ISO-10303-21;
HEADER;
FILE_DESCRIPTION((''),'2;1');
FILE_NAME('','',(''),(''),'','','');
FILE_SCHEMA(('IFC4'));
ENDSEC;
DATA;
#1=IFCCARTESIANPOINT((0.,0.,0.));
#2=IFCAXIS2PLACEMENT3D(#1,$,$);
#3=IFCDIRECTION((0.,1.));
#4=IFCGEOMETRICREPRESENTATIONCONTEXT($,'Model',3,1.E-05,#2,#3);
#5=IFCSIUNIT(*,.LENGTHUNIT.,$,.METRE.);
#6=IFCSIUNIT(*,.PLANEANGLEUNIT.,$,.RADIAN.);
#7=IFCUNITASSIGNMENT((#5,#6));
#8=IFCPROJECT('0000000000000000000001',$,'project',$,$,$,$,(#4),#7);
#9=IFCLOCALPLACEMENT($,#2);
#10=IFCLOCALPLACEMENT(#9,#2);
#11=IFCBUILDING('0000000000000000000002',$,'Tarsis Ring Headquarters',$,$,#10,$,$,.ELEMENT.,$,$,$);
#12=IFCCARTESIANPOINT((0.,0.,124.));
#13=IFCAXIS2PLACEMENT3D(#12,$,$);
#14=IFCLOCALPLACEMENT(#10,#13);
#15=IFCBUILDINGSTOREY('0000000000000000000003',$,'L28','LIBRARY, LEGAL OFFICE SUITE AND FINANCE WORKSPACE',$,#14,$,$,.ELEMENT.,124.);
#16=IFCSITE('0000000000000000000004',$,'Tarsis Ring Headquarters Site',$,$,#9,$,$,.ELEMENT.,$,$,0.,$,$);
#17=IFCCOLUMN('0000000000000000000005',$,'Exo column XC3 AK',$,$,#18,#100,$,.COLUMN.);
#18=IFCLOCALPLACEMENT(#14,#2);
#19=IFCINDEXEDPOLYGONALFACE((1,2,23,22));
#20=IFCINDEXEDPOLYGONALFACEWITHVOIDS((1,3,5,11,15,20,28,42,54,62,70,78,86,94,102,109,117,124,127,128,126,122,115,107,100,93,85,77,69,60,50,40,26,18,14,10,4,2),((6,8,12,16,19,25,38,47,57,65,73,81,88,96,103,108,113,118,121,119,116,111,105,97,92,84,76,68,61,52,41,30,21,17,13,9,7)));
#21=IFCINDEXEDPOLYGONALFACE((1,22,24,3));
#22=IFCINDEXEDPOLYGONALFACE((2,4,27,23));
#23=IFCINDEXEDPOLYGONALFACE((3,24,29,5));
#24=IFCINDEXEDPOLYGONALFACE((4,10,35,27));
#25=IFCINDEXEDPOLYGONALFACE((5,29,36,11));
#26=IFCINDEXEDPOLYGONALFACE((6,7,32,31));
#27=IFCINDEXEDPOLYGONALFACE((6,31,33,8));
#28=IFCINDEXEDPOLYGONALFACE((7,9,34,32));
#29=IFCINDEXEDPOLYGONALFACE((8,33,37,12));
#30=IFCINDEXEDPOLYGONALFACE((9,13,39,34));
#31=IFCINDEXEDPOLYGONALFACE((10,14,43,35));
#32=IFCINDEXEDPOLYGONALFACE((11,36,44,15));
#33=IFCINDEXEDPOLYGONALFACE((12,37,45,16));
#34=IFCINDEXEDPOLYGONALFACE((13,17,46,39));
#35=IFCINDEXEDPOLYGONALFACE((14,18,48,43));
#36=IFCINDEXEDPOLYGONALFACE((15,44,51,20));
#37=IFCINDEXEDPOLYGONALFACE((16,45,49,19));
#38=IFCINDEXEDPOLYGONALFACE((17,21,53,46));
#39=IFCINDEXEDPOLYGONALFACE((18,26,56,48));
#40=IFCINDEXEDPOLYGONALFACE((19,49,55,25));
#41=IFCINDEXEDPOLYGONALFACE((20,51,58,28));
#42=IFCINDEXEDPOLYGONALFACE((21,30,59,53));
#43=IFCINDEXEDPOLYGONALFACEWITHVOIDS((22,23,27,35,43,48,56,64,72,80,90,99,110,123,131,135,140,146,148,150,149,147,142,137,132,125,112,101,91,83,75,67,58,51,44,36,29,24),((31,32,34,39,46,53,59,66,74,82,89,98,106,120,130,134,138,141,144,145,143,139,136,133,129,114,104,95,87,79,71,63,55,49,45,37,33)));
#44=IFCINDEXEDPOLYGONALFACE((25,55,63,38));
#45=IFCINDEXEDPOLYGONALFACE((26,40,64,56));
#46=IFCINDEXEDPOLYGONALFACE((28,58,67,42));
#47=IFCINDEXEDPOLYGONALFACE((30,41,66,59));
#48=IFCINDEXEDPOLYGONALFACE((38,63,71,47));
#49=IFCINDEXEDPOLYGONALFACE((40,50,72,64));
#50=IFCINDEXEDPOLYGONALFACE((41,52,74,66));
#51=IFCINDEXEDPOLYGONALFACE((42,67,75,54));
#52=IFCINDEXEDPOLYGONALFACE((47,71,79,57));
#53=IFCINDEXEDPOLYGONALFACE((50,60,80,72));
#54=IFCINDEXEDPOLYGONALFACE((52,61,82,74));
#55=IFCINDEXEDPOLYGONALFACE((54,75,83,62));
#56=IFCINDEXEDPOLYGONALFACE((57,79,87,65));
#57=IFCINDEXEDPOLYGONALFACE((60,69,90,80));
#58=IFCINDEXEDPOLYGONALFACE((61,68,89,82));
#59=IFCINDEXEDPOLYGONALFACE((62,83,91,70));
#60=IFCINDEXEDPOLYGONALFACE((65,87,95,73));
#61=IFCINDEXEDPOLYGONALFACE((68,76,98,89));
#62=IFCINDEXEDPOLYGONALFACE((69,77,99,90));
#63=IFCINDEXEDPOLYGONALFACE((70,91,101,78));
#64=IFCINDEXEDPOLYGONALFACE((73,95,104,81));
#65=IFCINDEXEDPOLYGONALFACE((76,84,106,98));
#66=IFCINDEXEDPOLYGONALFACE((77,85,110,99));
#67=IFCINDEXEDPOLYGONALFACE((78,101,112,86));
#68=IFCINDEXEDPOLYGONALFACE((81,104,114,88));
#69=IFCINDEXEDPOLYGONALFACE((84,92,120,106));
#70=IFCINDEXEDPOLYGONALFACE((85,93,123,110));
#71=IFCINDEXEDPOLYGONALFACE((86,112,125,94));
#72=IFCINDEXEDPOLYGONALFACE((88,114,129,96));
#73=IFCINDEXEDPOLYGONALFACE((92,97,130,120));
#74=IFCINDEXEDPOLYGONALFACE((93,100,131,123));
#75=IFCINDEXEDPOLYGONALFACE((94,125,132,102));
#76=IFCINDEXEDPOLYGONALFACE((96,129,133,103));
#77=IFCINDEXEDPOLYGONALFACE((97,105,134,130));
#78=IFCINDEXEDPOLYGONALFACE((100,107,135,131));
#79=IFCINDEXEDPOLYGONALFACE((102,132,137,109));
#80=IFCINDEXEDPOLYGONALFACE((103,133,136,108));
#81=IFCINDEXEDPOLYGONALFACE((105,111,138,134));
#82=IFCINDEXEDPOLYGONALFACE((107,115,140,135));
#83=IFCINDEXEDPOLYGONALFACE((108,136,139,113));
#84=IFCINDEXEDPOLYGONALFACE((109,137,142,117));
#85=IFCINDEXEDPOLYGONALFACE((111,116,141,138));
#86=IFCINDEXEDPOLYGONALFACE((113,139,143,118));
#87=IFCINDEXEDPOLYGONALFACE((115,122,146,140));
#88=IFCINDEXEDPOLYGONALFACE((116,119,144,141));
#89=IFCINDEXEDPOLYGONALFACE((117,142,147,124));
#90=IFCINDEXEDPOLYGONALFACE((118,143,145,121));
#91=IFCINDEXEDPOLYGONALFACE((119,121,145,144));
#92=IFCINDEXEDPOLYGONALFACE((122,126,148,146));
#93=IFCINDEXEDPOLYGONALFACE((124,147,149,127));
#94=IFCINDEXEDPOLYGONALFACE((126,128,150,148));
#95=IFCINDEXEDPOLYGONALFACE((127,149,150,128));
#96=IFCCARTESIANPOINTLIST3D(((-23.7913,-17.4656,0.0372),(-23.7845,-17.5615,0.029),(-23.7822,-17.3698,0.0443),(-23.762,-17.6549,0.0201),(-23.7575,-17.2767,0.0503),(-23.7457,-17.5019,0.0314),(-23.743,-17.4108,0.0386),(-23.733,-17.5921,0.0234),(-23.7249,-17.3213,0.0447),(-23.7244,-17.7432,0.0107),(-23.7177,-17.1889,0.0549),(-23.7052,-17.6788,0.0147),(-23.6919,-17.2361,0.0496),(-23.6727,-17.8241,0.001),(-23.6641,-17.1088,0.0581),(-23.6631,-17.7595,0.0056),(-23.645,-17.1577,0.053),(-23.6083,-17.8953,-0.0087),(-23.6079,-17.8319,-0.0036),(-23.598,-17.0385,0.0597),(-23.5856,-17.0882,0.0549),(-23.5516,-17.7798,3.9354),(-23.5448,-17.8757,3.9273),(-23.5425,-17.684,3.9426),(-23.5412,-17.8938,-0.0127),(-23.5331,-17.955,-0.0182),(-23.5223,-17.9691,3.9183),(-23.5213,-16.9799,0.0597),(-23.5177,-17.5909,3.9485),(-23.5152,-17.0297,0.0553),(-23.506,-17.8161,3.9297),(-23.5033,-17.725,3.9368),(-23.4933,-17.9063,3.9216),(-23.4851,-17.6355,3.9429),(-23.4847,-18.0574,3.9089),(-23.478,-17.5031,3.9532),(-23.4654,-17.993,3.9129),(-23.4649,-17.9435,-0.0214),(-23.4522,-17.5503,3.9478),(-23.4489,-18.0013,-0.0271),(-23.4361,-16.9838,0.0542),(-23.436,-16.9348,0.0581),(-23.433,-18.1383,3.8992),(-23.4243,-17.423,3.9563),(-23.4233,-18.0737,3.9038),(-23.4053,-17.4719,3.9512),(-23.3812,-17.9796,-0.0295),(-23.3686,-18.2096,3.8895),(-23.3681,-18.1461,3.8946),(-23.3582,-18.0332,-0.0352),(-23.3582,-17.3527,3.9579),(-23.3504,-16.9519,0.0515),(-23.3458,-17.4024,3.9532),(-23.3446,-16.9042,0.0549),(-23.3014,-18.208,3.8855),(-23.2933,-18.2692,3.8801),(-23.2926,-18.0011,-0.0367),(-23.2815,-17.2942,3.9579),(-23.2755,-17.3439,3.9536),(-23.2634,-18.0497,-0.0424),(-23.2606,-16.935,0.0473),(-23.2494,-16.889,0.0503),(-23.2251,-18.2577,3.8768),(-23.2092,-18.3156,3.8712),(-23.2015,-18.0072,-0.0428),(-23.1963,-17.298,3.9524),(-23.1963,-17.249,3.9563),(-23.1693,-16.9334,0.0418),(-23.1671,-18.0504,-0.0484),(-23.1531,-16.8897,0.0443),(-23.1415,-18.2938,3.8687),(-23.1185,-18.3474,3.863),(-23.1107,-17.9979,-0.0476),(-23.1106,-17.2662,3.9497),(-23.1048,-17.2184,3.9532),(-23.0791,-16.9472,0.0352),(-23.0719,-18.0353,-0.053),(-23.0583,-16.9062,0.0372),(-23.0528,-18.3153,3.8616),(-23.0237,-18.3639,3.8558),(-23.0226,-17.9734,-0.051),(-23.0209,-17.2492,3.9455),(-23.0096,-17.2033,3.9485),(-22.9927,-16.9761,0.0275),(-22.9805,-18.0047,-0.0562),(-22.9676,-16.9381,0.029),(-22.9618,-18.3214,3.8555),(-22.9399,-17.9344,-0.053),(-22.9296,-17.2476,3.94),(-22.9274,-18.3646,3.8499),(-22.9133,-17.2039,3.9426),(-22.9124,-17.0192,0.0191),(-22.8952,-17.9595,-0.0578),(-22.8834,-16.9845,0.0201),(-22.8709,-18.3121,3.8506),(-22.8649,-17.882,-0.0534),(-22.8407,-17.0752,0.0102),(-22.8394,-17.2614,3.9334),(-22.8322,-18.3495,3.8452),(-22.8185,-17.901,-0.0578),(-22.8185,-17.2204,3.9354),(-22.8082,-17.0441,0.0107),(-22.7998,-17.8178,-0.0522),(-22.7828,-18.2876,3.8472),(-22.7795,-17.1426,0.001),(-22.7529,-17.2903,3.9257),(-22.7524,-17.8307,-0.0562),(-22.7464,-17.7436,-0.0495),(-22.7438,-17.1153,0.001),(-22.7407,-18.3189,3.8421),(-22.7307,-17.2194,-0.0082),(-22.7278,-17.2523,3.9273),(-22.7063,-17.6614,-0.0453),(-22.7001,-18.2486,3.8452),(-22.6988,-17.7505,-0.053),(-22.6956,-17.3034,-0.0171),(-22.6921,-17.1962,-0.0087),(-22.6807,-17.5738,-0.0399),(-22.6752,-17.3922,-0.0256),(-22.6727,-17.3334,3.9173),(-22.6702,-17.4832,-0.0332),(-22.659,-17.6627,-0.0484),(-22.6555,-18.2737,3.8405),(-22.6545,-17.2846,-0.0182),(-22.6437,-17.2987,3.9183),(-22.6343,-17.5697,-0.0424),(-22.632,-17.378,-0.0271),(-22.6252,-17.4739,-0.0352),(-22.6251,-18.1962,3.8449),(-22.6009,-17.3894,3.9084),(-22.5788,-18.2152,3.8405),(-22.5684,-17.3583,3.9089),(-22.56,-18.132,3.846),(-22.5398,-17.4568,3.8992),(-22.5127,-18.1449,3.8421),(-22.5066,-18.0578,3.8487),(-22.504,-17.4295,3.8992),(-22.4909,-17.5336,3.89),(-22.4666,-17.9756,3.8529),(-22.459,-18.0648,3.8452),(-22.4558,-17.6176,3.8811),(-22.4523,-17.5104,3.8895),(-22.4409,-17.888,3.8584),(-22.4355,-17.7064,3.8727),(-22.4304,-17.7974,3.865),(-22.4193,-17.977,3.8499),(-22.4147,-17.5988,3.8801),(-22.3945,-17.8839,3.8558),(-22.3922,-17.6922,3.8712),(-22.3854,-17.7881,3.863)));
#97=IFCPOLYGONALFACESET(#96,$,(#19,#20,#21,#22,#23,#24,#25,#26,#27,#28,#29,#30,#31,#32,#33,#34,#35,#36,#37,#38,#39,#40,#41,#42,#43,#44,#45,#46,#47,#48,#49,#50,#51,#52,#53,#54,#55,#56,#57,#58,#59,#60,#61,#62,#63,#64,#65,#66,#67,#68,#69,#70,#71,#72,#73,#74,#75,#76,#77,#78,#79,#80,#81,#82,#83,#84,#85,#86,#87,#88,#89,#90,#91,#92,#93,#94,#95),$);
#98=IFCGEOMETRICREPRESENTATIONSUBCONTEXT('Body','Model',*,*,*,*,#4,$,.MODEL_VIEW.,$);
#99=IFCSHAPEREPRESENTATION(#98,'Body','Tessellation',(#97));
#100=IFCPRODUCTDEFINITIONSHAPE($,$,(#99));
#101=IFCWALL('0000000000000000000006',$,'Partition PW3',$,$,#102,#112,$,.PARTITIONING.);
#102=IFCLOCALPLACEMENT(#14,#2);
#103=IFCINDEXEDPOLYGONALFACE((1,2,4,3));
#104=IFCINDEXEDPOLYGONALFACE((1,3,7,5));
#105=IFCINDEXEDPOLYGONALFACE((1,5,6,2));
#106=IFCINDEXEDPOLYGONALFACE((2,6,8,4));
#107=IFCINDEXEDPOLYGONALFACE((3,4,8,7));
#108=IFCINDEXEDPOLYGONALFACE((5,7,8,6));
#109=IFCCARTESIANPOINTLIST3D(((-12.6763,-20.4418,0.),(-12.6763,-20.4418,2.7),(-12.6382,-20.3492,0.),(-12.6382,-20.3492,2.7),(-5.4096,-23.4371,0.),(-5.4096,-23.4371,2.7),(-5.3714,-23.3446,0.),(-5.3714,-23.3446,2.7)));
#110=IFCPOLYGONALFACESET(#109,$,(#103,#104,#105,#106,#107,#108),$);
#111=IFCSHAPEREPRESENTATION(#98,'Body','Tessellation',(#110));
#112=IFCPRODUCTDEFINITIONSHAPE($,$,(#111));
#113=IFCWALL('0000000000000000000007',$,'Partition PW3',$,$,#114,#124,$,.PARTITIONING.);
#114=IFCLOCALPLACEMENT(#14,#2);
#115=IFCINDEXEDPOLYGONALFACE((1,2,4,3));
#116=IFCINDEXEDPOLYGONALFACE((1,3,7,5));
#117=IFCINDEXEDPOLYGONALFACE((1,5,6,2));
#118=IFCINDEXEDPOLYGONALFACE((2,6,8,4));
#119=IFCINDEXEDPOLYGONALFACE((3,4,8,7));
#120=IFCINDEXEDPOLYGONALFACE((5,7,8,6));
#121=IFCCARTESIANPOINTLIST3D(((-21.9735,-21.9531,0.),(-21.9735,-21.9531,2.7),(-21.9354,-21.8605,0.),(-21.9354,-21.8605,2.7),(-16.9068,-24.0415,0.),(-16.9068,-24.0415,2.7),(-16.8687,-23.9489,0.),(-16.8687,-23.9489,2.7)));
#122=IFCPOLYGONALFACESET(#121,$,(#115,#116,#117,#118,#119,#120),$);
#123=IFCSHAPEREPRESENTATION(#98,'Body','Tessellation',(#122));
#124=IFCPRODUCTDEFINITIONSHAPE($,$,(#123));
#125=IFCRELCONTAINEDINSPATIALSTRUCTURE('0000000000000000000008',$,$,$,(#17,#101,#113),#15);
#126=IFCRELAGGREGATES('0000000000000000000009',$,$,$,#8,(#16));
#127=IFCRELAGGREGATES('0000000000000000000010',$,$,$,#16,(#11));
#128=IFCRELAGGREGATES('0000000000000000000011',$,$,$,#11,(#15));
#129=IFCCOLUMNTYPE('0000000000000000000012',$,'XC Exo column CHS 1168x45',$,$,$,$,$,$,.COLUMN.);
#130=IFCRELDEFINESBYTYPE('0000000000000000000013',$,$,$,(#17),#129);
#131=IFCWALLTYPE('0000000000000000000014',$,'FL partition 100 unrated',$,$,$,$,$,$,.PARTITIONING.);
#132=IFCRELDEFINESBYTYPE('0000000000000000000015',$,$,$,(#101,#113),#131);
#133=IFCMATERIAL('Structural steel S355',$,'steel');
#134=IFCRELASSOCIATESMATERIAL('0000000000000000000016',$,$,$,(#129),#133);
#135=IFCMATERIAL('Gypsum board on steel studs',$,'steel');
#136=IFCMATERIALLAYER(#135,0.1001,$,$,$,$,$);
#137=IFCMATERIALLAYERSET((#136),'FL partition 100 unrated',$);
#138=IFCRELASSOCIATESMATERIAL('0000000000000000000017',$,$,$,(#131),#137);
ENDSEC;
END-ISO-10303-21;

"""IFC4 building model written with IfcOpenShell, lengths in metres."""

from ifc_helpers import new_model, si_unit, direction, frame, frame_2d, origin, origin_2d, place, context, subcontext, project, spatial, rectangle, hollow_circle, extrude, material, layer, layer_set, material_profile, profile_set, type_object, element, save


model = new_model("IFC4")

# Units and contexts
model_context = context("Model", 3, precision=1e-05, world=origin(), true_north=direction((0.0, 1.0)))
body_context = subcontext(model_context, "Body", "Model", "MODEL_VIEW")
ifc_project = project(units=[si_unit("LENGTHUNIT", "METRE"), si_unit("PLANEANGLEUNIT", "RADIAN")], contexts=[model_context])

# Site, building, storey
site_placement = place(None, origin())
site = spatial("IfcSite", under=ifc_project, at=site_placement, Name="Tarsis Ring Headquarters Site", CompositionType="ELEMENT", RefElevation=0.0)
building_placement = place(site_placement, origin())
building = spatial("IfcBuilding", under=site, at=building_placement, Name="Tarsis Ring Headquarters", CompositionType="ELEMENT")
storey_placement = place(building_placement, frame((0.0, 0.0, 124.0)))
storey = spatial("IfcBuildingStorey", under=building, at=storey_placement, Name="L28", Description="LIBRARY, LEGAL OFFICE SUITE AND FINANCE WORKSPACE", CompositionType="ELEMENT", Elevation=124.0)

# Column
ifc_material_1 = material(Name="Structural steel S355", Category="steel")
ifc_material_profile = material_profile(ifc_material_1, hollow_circle(Radius=0.5842, WallThickness=0.0449, at=origin_2d()), Name="CHS 1168x45")
ifc_profile_set = profile_set([ifc_material_profile], Name="Structural steel S355")
column_type = type_object("IfcColumnType", Name="XC Exo column CHS 1168x45", PredefinedType="COLUMN", material=ifc_profile_set)
column_placement = place(storey_placement, frame((-23.2083, -17.4697, 0.001), z_axis=(0.061188, -0.080193, 0.9949), x_axis=(0.795006, 0.606601, 0.0)))
element("IfcColumn", 1, at=column_placement, inside=storey, type_object=column_type, Name="Exo column XC3 AK", PredefinedType="COLUMN", context=body_context, shape_type="SweptSolid", body=[
    extrude(hollow_circle(Radius=0.5842, WallThickness=0.0449, at=origin_2d()), origin(), (0.0, 0.0, 1.0), 3.9182),
])

# Walls
ifc_material_2 = material(Name="Gypsum board on steel studs", Category="steel")
ifc_layer_1 = layer(ifc_material_2, 0.1001)
ifc_layer_set_1 = layer_set([ifc_layer_1], Name="FL partition 100 unrated")
wall_type_1 = type_object("IfcWallType", Name="FL partition 100 unrated", PredefinedType="PARTITIONING", material=ifc_layer_set_1)
wall_1_placement = place(storey_placement, frame((-12.6572, -20.3955, 0.0), z_axis=(0.0, 0.0, 1.0), x_axis=(0.924538, -0.38109, 0.0)))
element("IfcWall", 2, at=wall_1_placement, inside=storey, type_object=wall_type_1, Name="Partition PW3", PredefinedType="PARTITIONING", context=body_context, shape_type="SweptSolid", body=[
    extrude(rectangle(XDim=7.8599, YDim=0.1001, at=frame_2d((3.9299, 0.0))), origin(), (0.0, 0.0, 1.0), 2.7),
])
wall_2_placement = place(storey_placement, frame((-21.9546, -21.9067, 0.0), z_axis=(0.0, 0.0, 1.0), x_axis=(0.924542, -0.381079, 0.0)))
element("IfcWall", 3, at=wall_2_placement, inside=storey, type_object=wall_type_1, Name="Partition PW3", PredefinedType="PARTITIONING", context=body_context, shape_type="SweptSolid", body=[
    extrude(rectangle(XDim=5.4802, YDim=0.1001, at=frame_2d((2.7402, 0.0))), origin(), (0.0, 0.0, 1.0), 2.7),
])

save(model, "model.ifc")
